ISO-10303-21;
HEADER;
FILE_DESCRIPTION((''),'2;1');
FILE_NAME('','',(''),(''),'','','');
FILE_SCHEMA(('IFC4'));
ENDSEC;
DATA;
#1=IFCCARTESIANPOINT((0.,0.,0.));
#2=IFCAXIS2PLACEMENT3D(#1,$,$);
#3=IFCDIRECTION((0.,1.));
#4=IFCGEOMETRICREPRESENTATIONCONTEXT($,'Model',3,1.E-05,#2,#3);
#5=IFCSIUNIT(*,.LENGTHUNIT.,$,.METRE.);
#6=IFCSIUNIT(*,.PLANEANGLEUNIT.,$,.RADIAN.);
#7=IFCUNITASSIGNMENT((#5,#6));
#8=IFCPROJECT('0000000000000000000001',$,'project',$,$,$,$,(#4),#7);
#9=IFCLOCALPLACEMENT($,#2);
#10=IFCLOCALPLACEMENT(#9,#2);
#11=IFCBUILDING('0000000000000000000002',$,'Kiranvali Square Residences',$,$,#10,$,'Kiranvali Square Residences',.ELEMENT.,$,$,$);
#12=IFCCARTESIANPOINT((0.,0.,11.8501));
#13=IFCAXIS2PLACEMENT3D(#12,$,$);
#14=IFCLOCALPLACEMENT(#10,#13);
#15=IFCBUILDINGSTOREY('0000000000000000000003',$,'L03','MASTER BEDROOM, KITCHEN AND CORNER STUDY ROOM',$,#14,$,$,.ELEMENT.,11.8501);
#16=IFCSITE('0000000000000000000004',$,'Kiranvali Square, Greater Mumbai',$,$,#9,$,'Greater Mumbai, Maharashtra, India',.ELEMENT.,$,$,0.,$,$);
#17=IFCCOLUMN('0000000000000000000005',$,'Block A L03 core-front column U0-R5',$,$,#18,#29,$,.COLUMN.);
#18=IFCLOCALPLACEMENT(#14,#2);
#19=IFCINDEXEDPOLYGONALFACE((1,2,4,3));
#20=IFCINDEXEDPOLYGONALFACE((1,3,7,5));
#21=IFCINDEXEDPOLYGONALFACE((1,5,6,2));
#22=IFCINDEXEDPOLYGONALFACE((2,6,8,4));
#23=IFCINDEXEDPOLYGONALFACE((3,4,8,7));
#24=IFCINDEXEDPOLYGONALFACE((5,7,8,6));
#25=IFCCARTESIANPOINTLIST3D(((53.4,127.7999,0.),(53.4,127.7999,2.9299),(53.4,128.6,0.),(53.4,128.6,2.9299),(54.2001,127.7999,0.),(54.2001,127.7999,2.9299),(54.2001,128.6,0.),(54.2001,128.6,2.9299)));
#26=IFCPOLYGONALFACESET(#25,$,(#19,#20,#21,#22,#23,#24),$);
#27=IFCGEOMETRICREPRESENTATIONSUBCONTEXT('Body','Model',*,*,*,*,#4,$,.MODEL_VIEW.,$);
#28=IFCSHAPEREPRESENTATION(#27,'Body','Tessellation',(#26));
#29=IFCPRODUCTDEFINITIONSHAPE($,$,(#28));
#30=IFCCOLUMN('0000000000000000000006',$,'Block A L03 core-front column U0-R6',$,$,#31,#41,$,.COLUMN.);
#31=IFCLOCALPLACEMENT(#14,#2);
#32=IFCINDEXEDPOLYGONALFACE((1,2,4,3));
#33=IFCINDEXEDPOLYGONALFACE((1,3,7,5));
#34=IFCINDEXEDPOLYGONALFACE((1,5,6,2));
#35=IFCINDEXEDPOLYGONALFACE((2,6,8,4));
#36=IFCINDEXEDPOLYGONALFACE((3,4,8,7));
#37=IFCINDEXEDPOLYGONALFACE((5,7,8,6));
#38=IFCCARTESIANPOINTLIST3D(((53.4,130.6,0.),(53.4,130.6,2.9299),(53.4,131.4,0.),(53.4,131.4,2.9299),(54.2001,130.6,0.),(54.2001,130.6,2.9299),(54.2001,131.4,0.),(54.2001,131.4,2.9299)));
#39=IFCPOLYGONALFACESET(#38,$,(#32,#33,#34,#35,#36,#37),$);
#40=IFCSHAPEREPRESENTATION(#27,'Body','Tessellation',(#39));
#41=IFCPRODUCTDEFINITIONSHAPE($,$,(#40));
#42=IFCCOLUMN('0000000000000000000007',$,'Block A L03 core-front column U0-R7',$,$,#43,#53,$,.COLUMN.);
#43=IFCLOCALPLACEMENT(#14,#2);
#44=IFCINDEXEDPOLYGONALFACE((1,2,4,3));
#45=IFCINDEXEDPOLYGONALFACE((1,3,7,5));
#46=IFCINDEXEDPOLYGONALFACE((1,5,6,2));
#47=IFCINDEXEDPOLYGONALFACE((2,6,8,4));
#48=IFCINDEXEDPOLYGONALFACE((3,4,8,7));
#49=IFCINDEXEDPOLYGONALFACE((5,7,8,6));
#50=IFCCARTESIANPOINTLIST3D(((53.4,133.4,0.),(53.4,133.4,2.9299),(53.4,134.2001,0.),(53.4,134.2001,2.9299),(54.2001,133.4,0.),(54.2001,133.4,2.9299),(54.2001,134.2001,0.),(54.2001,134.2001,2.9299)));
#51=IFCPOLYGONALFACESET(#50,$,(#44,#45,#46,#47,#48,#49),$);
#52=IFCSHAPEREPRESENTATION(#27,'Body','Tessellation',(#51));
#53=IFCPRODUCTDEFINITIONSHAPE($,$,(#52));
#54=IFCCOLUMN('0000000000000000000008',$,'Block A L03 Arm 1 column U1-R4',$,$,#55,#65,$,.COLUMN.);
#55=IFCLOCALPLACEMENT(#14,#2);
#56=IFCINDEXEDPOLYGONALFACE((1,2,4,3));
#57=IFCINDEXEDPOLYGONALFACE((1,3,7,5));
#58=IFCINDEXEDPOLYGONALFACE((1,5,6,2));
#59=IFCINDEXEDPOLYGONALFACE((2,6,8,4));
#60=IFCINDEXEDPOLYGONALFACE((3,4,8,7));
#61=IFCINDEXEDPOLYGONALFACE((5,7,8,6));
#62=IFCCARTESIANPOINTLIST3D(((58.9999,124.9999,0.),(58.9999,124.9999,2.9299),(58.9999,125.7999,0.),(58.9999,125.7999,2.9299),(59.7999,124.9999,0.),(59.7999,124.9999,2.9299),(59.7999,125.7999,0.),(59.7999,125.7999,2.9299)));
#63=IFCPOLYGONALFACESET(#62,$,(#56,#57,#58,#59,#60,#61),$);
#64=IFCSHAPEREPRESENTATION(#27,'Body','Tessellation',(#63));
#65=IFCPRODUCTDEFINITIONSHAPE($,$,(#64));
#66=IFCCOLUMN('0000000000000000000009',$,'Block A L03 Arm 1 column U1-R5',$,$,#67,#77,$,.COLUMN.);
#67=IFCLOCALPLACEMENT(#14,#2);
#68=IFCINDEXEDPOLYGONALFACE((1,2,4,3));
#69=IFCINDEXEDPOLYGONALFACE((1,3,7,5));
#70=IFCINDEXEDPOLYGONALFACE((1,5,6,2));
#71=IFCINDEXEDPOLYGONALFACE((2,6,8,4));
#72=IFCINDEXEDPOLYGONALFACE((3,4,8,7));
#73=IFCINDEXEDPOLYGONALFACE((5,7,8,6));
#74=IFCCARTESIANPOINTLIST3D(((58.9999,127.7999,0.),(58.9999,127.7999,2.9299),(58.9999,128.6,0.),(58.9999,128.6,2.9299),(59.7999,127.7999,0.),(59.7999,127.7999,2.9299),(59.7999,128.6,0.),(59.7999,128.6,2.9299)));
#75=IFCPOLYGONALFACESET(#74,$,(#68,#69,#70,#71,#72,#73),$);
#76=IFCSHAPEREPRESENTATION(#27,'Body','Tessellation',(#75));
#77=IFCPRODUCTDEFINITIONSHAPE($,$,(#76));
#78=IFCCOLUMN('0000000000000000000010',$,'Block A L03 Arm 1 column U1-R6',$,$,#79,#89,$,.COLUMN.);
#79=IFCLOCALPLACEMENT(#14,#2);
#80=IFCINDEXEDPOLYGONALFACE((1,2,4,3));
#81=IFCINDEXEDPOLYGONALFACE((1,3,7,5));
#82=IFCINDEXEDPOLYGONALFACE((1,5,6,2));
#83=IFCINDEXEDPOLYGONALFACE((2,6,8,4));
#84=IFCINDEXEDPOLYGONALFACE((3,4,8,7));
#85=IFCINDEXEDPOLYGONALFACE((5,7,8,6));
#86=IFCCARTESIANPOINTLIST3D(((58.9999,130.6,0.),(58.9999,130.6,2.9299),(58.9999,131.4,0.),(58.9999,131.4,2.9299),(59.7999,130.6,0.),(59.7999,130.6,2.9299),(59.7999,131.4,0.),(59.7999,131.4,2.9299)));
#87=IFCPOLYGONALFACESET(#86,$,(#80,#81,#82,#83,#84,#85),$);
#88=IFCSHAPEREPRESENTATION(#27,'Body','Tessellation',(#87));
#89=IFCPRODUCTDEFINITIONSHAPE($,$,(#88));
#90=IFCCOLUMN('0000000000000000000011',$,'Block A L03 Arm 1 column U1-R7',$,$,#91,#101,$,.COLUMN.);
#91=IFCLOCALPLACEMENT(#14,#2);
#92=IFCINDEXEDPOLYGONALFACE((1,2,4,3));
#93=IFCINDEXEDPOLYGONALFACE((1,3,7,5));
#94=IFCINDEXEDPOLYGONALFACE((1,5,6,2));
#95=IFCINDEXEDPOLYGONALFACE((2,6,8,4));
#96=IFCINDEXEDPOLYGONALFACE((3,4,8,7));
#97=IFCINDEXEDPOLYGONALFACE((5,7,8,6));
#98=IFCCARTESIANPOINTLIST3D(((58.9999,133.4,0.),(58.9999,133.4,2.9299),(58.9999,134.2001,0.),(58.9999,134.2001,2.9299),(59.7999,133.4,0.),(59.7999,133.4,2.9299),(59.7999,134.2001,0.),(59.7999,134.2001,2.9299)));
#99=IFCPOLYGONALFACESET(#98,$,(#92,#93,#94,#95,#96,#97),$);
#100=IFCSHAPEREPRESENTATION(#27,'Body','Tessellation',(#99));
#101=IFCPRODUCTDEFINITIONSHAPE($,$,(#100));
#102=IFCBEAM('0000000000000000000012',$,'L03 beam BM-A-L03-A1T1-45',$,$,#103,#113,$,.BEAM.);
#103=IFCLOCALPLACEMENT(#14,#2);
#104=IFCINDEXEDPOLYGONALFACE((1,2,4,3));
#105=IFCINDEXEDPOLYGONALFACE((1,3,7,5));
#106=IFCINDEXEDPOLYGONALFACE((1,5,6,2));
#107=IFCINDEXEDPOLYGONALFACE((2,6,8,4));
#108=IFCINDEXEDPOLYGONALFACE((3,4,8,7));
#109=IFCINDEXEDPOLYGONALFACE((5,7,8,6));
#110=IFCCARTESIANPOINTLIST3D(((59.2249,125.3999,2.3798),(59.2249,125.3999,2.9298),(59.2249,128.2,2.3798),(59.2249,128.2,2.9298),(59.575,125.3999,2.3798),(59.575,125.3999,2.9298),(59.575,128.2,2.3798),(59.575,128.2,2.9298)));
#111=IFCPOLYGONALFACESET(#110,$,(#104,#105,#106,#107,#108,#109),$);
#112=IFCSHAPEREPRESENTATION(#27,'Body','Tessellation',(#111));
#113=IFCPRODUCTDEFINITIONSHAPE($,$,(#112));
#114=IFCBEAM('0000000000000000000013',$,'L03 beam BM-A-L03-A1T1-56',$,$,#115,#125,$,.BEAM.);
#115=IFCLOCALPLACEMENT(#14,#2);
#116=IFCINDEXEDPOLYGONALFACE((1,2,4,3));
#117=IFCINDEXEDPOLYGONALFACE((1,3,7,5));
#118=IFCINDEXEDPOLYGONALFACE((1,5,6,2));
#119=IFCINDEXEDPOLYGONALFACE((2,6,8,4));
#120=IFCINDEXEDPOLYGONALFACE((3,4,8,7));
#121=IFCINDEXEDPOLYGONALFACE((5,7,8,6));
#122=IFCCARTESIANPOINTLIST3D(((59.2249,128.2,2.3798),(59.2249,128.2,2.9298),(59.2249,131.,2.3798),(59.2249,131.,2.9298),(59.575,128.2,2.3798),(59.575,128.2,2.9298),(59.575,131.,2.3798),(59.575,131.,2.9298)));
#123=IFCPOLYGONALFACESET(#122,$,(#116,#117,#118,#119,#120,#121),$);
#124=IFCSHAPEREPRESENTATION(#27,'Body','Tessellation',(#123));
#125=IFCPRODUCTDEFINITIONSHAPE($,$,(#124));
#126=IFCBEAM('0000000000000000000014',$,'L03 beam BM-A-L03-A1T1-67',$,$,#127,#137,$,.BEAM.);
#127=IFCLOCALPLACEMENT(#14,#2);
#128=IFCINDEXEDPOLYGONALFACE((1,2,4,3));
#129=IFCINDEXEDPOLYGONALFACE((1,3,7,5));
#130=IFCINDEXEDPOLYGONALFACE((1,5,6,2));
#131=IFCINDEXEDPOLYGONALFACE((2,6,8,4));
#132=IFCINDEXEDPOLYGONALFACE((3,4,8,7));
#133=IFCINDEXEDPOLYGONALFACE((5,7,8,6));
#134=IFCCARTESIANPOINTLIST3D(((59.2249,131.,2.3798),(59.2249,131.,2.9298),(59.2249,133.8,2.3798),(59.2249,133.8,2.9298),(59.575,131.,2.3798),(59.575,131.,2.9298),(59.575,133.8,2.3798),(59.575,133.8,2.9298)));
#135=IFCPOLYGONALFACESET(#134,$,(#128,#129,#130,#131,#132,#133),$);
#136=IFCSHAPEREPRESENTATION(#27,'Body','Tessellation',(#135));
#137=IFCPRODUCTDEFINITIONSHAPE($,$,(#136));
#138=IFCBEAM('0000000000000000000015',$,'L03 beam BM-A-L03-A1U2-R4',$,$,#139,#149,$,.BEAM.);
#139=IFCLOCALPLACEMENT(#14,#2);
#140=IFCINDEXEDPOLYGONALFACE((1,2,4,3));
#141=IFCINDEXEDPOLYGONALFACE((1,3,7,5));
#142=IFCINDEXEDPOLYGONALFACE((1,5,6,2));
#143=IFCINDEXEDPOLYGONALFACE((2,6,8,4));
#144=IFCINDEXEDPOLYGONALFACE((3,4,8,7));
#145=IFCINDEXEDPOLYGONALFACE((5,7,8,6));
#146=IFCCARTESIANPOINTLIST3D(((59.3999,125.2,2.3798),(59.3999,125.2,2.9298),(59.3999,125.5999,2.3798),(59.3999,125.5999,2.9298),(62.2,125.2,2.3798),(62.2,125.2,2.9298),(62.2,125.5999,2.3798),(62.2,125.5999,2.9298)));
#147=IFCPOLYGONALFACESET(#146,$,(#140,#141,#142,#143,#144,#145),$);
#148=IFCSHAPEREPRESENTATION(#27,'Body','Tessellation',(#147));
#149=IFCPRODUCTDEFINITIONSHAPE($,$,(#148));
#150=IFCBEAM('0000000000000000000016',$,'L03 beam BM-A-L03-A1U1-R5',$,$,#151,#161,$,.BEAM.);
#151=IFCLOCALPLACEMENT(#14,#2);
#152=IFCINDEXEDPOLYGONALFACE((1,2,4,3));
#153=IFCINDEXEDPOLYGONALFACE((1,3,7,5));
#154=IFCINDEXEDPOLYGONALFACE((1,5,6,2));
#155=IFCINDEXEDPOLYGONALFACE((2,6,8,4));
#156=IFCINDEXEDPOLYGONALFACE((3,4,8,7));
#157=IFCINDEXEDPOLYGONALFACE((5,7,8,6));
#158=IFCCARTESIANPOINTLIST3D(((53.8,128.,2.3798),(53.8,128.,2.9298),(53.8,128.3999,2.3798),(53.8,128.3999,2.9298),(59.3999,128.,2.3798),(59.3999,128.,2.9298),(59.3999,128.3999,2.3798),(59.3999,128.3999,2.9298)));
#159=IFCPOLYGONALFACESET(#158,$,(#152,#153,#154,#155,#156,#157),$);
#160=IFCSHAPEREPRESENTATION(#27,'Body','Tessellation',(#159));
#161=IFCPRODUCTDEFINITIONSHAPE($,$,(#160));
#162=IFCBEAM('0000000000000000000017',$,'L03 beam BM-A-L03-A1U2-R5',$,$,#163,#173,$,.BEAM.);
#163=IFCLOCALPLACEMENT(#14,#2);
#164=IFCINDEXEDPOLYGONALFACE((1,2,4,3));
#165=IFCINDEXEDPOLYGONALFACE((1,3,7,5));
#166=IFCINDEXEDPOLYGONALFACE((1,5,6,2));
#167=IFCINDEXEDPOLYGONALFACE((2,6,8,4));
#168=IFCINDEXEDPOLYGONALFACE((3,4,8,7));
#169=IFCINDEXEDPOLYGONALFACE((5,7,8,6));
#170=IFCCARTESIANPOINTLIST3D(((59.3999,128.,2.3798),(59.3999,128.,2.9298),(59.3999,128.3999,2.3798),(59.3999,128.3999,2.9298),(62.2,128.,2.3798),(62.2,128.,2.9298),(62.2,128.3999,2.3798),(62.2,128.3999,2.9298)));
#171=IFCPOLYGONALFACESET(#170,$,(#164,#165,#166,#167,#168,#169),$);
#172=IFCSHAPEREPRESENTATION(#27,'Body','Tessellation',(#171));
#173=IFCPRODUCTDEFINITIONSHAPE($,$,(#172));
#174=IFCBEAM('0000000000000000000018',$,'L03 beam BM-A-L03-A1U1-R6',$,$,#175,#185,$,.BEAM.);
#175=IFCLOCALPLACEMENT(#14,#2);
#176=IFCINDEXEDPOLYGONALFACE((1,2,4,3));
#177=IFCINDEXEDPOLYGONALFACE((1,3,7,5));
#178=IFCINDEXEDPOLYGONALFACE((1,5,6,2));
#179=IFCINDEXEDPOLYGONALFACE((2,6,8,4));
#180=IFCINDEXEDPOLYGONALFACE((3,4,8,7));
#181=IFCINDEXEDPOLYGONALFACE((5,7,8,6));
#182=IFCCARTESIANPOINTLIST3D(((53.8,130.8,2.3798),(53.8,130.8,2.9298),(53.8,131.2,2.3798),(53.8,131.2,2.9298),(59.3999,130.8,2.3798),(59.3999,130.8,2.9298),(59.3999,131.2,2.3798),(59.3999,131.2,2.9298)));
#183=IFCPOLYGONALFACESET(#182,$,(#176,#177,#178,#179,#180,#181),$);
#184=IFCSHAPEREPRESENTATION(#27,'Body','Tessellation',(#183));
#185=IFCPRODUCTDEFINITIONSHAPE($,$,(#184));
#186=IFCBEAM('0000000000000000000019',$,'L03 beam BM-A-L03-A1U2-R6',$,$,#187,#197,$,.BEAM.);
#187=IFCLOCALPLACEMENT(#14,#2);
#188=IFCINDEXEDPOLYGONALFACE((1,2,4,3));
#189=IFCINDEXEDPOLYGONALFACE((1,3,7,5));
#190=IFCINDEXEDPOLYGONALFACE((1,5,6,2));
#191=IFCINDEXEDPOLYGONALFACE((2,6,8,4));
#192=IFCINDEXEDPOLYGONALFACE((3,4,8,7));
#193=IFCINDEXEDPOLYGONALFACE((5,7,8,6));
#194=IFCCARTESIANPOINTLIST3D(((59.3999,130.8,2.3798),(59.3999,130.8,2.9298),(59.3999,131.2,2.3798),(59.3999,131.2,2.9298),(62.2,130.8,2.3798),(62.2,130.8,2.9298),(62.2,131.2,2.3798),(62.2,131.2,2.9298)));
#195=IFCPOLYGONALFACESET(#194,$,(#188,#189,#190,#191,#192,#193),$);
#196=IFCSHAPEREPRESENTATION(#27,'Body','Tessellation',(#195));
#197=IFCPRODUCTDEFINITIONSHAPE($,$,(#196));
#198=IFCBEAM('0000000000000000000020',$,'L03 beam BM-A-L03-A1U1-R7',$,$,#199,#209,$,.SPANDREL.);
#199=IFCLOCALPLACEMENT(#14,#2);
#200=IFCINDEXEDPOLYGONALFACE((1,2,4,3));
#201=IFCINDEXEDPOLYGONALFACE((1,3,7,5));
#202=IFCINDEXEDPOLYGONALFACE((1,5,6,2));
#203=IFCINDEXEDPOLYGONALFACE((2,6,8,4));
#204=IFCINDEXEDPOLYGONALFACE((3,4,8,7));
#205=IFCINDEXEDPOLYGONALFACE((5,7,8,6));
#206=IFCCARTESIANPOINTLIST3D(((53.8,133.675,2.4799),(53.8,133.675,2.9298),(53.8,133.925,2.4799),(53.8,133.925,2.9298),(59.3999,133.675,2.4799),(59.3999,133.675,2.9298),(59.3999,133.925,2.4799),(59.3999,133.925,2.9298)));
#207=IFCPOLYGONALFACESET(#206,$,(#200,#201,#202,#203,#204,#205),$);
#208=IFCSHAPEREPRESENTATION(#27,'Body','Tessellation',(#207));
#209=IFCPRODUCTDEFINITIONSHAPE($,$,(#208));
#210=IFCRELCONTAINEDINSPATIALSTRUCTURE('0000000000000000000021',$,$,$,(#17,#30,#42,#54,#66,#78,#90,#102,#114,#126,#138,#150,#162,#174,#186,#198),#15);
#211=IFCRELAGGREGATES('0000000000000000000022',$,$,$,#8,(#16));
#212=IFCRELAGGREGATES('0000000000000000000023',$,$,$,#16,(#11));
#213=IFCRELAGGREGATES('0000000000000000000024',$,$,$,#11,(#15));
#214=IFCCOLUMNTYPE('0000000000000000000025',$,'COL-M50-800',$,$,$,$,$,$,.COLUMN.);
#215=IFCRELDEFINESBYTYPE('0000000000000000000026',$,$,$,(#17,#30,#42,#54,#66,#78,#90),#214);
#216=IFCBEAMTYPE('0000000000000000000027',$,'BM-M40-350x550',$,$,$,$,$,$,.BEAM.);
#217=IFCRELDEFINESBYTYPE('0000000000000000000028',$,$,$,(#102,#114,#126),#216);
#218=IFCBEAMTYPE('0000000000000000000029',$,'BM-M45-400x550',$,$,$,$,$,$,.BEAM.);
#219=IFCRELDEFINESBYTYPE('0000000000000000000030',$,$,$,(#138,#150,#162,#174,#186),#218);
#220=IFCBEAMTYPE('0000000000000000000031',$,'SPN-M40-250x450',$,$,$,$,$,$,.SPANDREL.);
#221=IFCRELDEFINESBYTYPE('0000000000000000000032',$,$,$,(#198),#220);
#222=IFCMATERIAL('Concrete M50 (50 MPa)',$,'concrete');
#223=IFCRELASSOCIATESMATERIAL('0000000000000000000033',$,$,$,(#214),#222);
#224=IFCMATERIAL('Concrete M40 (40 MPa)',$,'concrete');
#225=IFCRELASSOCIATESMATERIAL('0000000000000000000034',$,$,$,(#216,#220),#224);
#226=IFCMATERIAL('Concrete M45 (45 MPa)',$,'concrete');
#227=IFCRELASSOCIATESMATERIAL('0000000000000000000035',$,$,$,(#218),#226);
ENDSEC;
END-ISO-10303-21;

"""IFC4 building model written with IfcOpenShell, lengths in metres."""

from ifc_helpers import new_model, si_unit, direction, frame, origin, origin_2d, place, context, subcontext, project, spatial, rectangle, extrude, material, material_profile, profile_set, type_object, element, save


model = new_model("IFC4")

# Units and contexts
model_context = context("Model", 3, precision=1e-05, world=origin(), true_north=direction((0.0, 1.0)))
body_context = subcontext(model_context, "Body", "Model", "MODEL_VIEW")
ifc_project = project(units=[si_unit("LENGTHUNIT", "METRE"), si_unit("PLANEANGLEUNIT", "RADIAN")], contexts=[model_context])

# Site, building, storey
site_placement = place(None, origin())
site = spatial("IfcSite", under=ifc_project, at=site_placement, Name="Kiranvali Square, Greater Mumbai", LongName="Greater Mumbai, Maharashtra, India", CompositionType="ELEMENT", RefElevation=0.0)
building_placement = place(site_placement, origin())
building = spatial("IfcBuilding", under=site, at=building_placement, Name="Kiranvali Square Residences", LongName="Kiranvali Square Residences", CompositionType="ELEMENT")
storey_placement = place(building_placement, frame((0.0, 0.0, 11.8501)))
storey = spatial("IfcBuildingStorey", under=building, at=storey_placement, Name="L03", Description="MASTER BEDROOM, KITCHEN AND CORNER STUDY ROOM", CompositionType="ELEMENT", Elevation=11.8501)

# Columns
ifc_material_1 = material(Name="Concrete M50 (50 MPa)", Category="concrete")
ifc_material_profile_1 = material_profile(ifc_material_1, rectangle(XDim=0.8, YDim=0.8, at=origin_2d()), Name="RC 800x800")
ifc_profile_set_1 = profile_set([ifc_material_profile_1], Name="Concrete M50 (50 MPa)")
column_type = type_object("IfcColumnType", Name="COL-M50-800", PredefinedType="COLUMN", material=ifc_profile_set_1)
for number, where, z_axis, x_axis, name in (
    (1, (53.8, 128.2, 0.0), (0.0, 0.0, 1.0), (1.0, 0.0, 0.0), "Block A L03 core-front column U0-R5"),
    (2, (53.8, 131.0, 0.0), (0.0, 0.0, 1.0), (1.0, 0.0, 0.0), "Block A L03 core-front column U0-R6"),
    (3, (53.8, 133.8, 0.0), (0.0, 0.0, 1.0), (1.0, 0.0, 0.0), "Block A L03 core-front column U0-R7"),
    (4, (59.3999, 125.3999, 0.0), (0.0, 0.0, 1.0), (1.0, 0.0, 0.0), "Block A L03 Arm 1 column U1-R4"),
    (5, (59.3999, 128.2, 0.0), (0.0, 0.0, 1.0), (1.0, 0.0, 0.0), "Block A L03 Arm 1 column U1-R5"),
    (6, (59.3999, 131.0, 0.0), (0.0, 0.0, 1.0), (1.0, 0.0, 0.0), "Block A L03 Arm 1 column U1-R6"),
    (7, (59.3999, 133.8, 0.0), (0.0, 0.0, 1.0), (1.0, 0.0, 0.0), "Block A L03 Arm 1 column U1-R7"),
):
    element("IfcColumn", number, at=place(storey_placement, frame(where, z_axis=z_axis, x_axis=x_axis)), inside=storey, type_object=column_type, Name=name, PredefinedType="COLUMN", context=body_context, shape_type="SweptSolid", body=[
        extrude(rectangle(XDim=0.8, YDim=0.8, at=origin_2d()), origin(), (0.0, 0.0, 1.0), 2.9299),
    ])

# Beams
ifc_material_2 = material(Name="Concrete M40 (40 MPa)", Category="concrete")
ifc_material_profile_2 = material_profile(ifc_material_2, rectangle(XDim=0.3501, YDim=0.55, at=origin_2d()), Name="RC 350x550")
ifc_profile_set_2 = profile_set([ifc_material_profile_2], Name="Concrete M40 (40 MPa)")
beam_type_1 = type_object("IfcBeamType", Name="BM-M40-350x550", PredefinedType="BEAM", material=ifc_profile_set_2)
for number, where, z_axis, x_axis, name in (
    (8, (59.3999, 125.3999, 2.6548), (0.0, 1.0, 0.0), (-1.0, 0.0, 0.0), "L03 beam BM-A-L03-A1T1-45"),
    (9, (59.3999, 128.2, 2.6548), (0.0, 1.0, 0.0), (-1.0, 0.0, 0.0), "L03 beam BM-A-L03-A1T1-56"),
    (10, (59.3999, 131.0, 2.6548), (0.0, 1.0, 0.0), (-1.0, 0.0, 0.0), "L03 beam BM-A-L03-A1T1-67"),
):
    element("IfcBeam", number, at=place(storey_placement, frame(where, z_axis=z_axis, x_axis=x_axis)), inside=storey, type_object=beam_type_1, Name=name, PredefinedType="BEAM", context=body_context, shape_type="SweptSolid", body=[
        extrude(rectangle(XDim=0.3501, YDim=0.55, at=origin_2d()), origin(), (0.0, 0.0, 1.0), 2.8),
    ])
ifc_material_3 = material(Name="Concrete M45 (45 MPa)", Category="concrete")
ifc_material_profile_3 = material_profile(ifc_material_3, rectangle(XDim=0.3999, YDim=0.55, at=origin_2d()), Name="RC 400x550")
ifc_profile_set_3 = profile_set([ifc_material_profile_3], Name="Concrete M45 (45 MPa)")
beam_type_2 = type_object("IfcBeamType", Name="BM-M45-400x550", PredefinedType="BEAM", material=ifc_profile_set_3)
beam_1_placement = place(storey_placement, frame((59.3999, 125.3999, 2.6548), z_axis=(1.0, 0.0, 0.0), x_axis=(0.0, 1.0, 0.0)))
element("IfcBeam", 11, at=beam_1_placement, inside=storey, type_object=beam_type_2, Name="L03 beam BM-A-L03-A1U2-R4", PredefinedType="BEAM", context=body_context, shape_type="SweptSolid", body=[
    extrude(rectangle(XDim=0.3999, YDim=0.55, at=origin_2d()), origin(), (0.0, 0.0, 1.0), 2.8),
])
beam_2_placement = place(storey_placement, frame((53.8, 128.2, 2.6548), z_axis=(1.0, 0.0, 0.0), x_axis=(0.0, 1.0, 0.0)))
element("IfcBeam", 12, at=beam_2_placement, inside=storey, type_object=beam_type_2, Name="L03 beam BM-A-L03-A1U1-R5", PredefinedType="BEAM", context=body_context, shape_type="SweptSolid", body=[
    extrude(rectangle(XDim=0.3999, YDim=0.55, at=origin_2d()), origin(), (0.0, 0.0, 1.0), 5.5999),
])
beam_3_placement = place(storey_placement, frame((59.3999, 128.2, 2.6548), z_axis=(1.0, 0.0, 0.0), x_axis=(0.0, 1.0, 0.0)))
element("IfcBeam", 13, at=beam_3_placement, inside=storey, type_object=beam_type_2, Name="L03 beam BM-A-L03-A1U2-R5", PredefinedType="BEAM", context=body_context, shape_type="SweptSolid", body=[
    extrude(rectangle(XDim=0.3999, YDim=0.55, at=origin_2d()), origin(), (0.0, 0.0, 1.0), 2.8),
])
beam_4_placement = place(storey_placement, frame((53.8, 131.0, 2.6548), z_axis=(1.0, 0.0, 0.0), x_axis=(0.0, 1.0, 0.0)))
element("IfcBeam", 14, at=beam_4_placement, inside=storey, type_object=beam_type_2, Name="L03 beam BM-A-L03-A1U1-R6", PredefinedType="BEAM", context=body_context, shape_type="SweptSolid", body=[
    extrude(rectangle(XDim=0.3999, YDim=0.55, at=origin_2d()), origin(), (0.0, 0.0, 1.0), 5.5999),
])
beam_5_placement = place(storey_placement, frame((59.3999, 131.0, 2.6548), z_axis=(1.0, 0.0, 0.0), x_axis=(0.0, 1.0, 0.0)))
element("IfcBeam", 15, at=beam_5_placement, inside=storey, type_object=beam_type_2, Name="L03 beam BM-A-L03-A1U2-R6", PredefinedType="BEAM", context=body_context, shape_type="SweptSolid", body=[
    extrude(rectangle(XDim=0.3999, YDim=0.55, at=origin_2d()), origin(), (0.0, 0.0, 1.0), 2.8),
])
ifc_material_profile_4 = material_profile(ifc_material_2, rectangle(XDim=0.25, YDim=0.45, at=origin_2d()), Name="RC 250x450")
ifc_profile_set_4 = profile_set([ifc_material_profile_4], Name="Concrete M40 (40 MPa)")
beam_type_3 = type_object("IfcBeamType", Name="SPN-M40-250x450", PredefinedType="SPANDREL", material=ifc_profile_set_4)
beam_6_placement = place(storey_placement, frame((53.8, 133.8, 2.7048), z_axis=(1.0, 0.0, 0.0), x_axis=(0.0, 1.0, 0.0)))
element("IfcBeam", 16, at=beam_6_placement, inside=storey, type_object=beam_type_3, Name="L03 beam BM-A-L03-A1U1-R7", PredefinedType="SPANDREL", context=body_context, shape_type="SweptSolid", body=[
    extrude(rectangle(XDim=0.25, YDim=0.45, at=origin_2d()), origin(), (0.0, 0.0, 1.0), 5.5999),
])

save(model, "model.ifc")
